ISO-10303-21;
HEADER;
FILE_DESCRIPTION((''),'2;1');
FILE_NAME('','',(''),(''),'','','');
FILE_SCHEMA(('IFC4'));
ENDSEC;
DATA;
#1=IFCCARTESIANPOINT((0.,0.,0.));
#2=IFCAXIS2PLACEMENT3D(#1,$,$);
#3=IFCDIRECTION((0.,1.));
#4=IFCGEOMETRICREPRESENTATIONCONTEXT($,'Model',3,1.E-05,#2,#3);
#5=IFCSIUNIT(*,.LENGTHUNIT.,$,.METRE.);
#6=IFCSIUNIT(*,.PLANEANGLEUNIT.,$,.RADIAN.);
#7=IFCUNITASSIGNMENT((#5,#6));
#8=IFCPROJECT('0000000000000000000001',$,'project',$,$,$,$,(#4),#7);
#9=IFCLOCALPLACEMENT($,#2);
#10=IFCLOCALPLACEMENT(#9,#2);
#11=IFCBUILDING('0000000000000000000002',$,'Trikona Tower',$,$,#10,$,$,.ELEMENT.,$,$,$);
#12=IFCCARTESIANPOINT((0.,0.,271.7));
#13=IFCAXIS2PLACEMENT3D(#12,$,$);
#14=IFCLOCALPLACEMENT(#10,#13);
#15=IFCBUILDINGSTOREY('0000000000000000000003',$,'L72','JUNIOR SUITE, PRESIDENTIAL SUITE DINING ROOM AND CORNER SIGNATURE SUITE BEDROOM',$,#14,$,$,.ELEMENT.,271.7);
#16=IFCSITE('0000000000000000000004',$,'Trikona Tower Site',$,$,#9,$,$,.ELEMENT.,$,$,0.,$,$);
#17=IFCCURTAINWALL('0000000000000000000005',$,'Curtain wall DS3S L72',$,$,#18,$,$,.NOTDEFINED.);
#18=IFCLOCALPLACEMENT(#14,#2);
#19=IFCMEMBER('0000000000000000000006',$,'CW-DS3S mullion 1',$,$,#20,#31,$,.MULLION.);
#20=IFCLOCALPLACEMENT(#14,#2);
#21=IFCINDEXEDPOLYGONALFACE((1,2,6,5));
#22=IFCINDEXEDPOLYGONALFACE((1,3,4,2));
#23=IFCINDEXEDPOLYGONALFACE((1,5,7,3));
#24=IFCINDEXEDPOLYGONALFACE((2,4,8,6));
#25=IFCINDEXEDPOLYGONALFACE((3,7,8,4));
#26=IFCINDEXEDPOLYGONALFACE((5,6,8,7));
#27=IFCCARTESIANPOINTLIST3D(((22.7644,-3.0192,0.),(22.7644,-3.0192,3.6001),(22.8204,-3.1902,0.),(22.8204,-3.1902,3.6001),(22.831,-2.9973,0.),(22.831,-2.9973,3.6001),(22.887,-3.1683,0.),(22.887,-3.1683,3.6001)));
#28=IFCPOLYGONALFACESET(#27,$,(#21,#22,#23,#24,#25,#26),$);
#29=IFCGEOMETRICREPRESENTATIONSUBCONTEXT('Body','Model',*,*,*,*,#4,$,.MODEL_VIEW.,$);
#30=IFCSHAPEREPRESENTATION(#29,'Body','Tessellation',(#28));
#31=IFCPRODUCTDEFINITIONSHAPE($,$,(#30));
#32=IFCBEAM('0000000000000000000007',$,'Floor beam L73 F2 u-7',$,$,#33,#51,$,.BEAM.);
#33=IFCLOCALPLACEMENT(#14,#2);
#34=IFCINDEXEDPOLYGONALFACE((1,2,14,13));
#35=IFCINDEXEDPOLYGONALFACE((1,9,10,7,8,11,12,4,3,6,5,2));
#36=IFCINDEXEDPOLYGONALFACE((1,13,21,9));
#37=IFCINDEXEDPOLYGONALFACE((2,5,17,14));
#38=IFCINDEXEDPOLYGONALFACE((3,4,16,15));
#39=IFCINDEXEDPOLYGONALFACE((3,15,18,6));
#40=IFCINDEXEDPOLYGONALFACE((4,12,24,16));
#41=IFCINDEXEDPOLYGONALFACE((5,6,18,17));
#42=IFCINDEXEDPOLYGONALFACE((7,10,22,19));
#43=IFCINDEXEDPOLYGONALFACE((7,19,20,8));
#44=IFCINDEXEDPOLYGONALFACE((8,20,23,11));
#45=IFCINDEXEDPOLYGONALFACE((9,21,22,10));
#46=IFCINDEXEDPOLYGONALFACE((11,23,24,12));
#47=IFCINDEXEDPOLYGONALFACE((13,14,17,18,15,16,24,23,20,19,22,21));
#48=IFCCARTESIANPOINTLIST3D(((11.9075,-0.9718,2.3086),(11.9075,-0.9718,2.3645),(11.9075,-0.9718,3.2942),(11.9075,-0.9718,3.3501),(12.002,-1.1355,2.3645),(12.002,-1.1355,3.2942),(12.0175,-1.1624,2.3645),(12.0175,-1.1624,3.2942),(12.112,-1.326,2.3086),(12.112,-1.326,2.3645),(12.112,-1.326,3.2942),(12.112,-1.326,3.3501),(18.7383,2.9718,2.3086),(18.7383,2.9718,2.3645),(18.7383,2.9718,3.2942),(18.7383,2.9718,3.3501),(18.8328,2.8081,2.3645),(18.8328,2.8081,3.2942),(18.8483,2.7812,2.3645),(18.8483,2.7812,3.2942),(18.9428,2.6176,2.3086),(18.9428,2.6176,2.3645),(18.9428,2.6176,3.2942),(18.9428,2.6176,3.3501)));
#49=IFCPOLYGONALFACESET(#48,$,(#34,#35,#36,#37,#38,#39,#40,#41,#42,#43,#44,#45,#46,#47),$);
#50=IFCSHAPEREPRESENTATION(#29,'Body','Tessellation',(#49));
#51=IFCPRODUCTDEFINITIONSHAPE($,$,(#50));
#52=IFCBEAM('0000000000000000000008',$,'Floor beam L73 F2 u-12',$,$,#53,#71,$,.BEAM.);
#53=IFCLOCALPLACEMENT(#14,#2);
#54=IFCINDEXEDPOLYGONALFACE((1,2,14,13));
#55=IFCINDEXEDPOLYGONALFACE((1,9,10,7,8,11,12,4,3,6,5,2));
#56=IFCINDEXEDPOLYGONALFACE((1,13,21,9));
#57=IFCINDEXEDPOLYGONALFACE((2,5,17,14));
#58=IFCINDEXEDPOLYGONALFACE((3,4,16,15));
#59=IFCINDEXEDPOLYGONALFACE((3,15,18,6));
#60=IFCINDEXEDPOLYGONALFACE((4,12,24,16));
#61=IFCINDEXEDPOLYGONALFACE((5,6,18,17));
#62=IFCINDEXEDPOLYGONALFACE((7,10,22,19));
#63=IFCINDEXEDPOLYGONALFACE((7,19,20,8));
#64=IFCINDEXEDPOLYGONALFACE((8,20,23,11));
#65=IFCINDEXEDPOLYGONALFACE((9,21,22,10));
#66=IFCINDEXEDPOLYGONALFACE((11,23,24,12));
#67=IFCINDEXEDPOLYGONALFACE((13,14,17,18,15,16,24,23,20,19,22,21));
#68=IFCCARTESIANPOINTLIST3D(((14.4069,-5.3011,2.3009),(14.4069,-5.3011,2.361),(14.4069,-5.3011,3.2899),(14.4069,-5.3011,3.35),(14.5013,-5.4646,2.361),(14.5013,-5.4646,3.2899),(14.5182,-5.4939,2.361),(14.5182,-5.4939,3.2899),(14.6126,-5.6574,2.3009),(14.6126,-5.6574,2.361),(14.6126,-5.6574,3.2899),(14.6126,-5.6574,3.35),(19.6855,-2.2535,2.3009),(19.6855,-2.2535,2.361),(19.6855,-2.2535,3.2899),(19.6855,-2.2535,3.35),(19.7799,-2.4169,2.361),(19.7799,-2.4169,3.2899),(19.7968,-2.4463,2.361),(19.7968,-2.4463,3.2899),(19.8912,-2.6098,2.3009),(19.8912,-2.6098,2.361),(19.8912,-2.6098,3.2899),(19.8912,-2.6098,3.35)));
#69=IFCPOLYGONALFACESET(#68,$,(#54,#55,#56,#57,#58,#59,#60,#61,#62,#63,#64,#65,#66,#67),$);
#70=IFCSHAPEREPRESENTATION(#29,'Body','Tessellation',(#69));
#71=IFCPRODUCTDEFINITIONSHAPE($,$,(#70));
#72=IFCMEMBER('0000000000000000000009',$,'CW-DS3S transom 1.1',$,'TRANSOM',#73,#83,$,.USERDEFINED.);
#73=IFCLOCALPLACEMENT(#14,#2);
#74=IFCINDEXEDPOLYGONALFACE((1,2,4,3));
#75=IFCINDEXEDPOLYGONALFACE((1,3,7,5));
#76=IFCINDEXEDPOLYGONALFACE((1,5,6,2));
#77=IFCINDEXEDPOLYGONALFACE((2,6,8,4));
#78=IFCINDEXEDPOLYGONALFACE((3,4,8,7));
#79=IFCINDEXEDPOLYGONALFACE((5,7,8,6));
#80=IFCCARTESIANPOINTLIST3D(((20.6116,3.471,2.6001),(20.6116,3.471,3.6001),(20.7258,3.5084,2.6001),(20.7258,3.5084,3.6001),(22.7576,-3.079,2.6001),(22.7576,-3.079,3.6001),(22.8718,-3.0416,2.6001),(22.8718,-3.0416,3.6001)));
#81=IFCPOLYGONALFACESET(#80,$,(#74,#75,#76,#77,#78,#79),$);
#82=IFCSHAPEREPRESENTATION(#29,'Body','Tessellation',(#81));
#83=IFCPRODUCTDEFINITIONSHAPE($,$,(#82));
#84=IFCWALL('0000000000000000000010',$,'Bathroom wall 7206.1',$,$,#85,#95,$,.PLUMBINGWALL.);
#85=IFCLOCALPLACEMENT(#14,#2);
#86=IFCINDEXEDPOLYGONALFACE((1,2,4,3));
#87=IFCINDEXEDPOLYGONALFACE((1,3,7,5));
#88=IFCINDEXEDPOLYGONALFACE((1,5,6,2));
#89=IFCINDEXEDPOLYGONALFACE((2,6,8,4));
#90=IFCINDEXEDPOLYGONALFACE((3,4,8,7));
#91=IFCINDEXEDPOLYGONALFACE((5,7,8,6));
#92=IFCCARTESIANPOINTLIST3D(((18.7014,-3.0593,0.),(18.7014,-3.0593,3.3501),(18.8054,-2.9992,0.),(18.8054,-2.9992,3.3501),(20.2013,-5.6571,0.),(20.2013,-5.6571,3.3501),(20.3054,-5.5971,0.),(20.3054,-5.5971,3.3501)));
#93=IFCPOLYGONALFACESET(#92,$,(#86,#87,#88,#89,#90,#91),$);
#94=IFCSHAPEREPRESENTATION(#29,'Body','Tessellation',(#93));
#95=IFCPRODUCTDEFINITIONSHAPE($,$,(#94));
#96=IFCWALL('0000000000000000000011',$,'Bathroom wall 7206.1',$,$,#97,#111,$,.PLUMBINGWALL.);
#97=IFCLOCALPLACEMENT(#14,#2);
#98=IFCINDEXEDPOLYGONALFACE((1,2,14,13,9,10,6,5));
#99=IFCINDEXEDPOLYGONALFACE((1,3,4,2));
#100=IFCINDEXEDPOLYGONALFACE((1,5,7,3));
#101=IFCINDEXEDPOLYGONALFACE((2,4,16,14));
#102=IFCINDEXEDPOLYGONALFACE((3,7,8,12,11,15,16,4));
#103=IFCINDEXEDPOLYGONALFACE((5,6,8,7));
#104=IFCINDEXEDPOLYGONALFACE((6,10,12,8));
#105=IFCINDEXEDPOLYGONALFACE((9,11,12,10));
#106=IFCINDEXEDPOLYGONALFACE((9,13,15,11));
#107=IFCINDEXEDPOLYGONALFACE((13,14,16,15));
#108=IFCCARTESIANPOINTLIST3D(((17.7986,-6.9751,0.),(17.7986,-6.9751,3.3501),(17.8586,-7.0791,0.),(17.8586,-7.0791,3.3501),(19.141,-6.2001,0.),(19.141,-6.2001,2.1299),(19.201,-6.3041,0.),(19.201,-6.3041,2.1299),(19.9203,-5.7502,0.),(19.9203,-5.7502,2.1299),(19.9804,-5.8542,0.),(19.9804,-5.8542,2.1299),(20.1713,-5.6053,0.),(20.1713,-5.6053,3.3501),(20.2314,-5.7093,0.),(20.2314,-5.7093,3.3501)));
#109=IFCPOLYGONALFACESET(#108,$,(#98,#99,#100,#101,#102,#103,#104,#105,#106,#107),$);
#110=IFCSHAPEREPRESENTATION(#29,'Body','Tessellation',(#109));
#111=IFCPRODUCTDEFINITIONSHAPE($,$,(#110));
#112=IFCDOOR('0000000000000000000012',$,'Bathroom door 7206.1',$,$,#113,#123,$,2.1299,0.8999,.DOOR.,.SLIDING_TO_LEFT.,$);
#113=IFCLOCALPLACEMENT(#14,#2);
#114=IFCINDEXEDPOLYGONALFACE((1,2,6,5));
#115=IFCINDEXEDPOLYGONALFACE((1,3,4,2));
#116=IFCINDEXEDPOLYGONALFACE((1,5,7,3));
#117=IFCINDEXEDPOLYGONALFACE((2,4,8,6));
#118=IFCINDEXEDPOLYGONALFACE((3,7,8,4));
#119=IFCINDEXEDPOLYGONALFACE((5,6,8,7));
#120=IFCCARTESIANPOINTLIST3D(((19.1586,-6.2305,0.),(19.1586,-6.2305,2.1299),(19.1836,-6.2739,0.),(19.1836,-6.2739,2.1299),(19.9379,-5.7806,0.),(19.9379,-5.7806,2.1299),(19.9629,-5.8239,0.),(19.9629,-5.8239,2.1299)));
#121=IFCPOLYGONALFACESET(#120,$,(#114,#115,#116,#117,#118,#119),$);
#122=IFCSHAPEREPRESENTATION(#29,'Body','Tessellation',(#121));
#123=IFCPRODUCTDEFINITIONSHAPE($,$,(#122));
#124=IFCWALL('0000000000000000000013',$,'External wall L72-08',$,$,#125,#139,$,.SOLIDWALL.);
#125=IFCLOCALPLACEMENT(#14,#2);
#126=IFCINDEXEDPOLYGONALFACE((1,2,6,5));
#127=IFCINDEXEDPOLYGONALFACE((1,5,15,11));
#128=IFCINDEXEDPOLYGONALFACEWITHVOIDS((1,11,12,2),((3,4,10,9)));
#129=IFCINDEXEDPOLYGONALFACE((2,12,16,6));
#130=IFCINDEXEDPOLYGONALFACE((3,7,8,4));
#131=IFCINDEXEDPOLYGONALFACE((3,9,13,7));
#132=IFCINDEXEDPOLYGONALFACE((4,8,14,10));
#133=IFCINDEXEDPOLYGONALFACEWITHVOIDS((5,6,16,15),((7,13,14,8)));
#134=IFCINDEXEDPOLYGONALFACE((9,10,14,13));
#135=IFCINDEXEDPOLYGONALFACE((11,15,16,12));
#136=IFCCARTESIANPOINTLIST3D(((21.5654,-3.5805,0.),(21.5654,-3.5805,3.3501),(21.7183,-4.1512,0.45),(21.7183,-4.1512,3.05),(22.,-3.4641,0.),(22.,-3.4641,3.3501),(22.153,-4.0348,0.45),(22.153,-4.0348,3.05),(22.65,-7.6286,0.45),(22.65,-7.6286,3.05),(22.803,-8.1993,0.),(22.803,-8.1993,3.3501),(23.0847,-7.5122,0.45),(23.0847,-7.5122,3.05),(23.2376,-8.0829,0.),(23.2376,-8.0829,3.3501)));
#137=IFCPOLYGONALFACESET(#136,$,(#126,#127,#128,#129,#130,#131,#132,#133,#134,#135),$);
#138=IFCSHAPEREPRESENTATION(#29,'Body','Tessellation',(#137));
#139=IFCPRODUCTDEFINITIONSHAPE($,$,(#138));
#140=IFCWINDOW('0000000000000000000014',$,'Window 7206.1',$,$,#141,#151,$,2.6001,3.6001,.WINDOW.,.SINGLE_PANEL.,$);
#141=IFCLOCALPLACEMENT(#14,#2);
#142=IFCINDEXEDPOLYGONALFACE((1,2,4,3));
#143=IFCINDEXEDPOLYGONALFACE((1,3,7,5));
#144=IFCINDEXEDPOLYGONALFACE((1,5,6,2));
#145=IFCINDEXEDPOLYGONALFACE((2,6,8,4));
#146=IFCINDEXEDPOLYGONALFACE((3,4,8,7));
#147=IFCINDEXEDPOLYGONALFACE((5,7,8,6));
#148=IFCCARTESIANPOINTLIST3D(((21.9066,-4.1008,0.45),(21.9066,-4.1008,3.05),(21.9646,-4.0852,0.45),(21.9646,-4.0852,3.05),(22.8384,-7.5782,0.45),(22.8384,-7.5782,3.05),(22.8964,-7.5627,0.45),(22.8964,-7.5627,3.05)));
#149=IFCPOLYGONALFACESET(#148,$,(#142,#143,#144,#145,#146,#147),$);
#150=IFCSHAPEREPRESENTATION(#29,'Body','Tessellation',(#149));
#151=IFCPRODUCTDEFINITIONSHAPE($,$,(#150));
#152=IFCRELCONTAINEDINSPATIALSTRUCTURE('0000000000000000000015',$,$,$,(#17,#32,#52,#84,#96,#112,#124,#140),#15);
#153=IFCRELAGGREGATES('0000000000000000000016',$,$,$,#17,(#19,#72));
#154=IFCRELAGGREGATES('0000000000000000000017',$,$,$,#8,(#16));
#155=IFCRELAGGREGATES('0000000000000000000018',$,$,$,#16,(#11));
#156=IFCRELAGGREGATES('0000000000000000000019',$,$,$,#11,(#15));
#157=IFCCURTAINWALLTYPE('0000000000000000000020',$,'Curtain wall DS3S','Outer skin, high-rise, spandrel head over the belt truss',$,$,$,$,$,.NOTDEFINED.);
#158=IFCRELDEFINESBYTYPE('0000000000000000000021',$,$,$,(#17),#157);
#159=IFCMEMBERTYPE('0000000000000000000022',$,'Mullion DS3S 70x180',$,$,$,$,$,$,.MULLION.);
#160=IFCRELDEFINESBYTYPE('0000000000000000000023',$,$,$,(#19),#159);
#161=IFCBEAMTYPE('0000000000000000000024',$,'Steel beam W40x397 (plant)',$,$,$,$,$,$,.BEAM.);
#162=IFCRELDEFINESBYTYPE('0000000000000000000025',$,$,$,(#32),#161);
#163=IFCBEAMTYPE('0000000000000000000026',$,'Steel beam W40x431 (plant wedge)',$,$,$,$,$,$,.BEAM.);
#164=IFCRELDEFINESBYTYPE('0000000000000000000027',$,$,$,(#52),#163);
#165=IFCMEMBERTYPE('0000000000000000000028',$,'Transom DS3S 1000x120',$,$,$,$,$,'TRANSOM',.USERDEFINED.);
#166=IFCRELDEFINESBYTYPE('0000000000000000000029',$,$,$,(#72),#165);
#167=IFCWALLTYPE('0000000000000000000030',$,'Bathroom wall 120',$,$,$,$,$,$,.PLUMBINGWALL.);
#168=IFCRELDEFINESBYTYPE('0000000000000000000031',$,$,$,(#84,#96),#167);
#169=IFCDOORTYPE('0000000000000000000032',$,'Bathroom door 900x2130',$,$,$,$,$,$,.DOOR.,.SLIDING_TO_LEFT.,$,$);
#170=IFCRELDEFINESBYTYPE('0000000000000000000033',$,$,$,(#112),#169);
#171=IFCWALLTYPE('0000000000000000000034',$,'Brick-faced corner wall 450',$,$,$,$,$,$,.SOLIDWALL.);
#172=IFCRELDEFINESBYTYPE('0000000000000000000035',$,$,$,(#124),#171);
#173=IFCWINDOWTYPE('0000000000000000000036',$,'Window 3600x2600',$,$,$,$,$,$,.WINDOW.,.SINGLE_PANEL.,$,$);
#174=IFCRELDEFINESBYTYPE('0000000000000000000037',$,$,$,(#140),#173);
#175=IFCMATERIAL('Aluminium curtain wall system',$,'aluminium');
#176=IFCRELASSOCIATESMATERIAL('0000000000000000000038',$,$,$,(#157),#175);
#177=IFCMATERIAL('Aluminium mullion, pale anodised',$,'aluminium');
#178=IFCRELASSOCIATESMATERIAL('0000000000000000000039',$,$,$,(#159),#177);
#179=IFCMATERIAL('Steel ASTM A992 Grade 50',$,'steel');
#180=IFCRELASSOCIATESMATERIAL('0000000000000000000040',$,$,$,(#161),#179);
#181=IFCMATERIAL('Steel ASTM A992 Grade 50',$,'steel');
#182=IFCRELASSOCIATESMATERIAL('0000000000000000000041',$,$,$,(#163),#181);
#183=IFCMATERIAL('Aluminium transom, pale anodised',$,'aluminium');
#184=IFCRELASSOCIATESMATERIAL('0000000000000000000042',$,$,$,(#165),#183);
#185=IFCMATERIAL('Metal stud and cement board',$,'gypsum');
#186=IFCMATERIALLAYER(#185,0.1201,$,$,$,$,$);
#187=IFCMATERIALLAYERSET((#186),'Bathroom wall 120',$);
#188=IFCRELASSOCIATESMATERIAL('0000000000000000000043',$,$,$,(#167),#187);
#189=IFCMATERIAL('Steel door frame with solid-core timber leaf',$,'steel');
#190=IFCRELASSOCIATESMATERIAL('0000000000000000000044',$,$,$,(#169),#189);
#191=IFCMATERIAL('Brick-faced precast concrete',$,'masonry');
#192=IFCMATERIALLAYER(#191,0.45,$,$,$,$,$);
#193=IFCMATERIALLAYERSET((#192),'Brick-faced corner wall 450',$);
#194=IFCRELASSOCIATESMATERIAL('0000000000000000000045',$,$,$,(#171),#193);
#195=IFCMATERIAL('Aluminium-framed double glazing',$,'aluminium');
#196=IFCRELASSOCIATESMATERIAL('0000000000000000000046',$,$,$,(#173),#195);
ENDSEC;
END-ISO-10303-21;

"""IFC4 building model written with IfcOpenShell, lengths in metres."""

from ifc_helpers import new_model, si_unit, direction, frame, frame_2d, origin, origin_2d, place, context, subcontext, project, spatial, rectangle, i_section, extrude, material, layer, layer_set, material_profile, profile_set, type_object, element, fill, aggregate, save


model = new_model("IFC4")

# Units and contexts
model_context = context("Model", 3, precision=1e-05, world=origin(), true_north=direction((0.0, 1.0)))
body_context = subcontext(model_context, "Body", "Model", "MODEL_VIEW")
ifc_project = project(units=[si_unit("LENGTHUNIT", "METRE"), si_unit("PLANEANGLEUNIT", "RADIAN")], contexts=[model_context])

# Site, building, storey
site_placement = place(None, origin())
site = spatial("IfcSite", under=ifc_project, at=site_placement, Name="Trikona Tower Site", CompositionType="ELEMENT", RefElevation=0.0)
building_placement = place(site_placement, origin())
building = spatial("IfcBuilding", under=site, at=building_placement, Name="Trikona Tower", CompositionType="ELEMENT")
storey_placement = place(building_placement, frame((0.0, 0.0, 271.7)))
storey = spatial("IfcBuildingStorey", under=building, at=storey_placement, Name="L72", Description="JUNIOR SUITE, PRESIDENTIAL SUITE DINING ROOM AND CORNER SIGNATURE SUITE BEDROOM", CompositionType="ELEMENT", Elevation=271.7)

# Curtain wall, member
ifc_material_1 = material(Name="Aluminium curtain wall system", Category="aluminium")
curtain_wall_type = type_object("IfcCurtainWallType", Name="Curtain wall DS3S", Description="Outer skin, high-rise, spandrel head over the belt truss", PredefinedType="NOTDEFINED", material=ifc_material_1)
curtain_wall_placement = place(storey_placement, origin())
curtain_wall = element("IfcCurtainWall", 1, at=curtain_wall_placement, inside=storey, type_object=curtain_wall_type, Name="Curtain wall DS3S L72", PredefinedType="NOTDEFINED")
ifc_material_2 = material(Name="Aluminium mullion, pale anodised", Category="aluminium")
ifc_material_profile_1 = material_profile(ifc_material_2, rectangle(XDim=0.0701, YDim=0.1799, at=origin_2d()), Name="MUL-DS3S")
ifc_profile_set_1 = profile_set([ifc_material_profile_1], Name="Aluminium mullion, pale anodised")
member_type_1 = type_object("IfcMemberType", Name="Mullion DS3S 70x180", PredefinedType="MULLION", material=ifc_profile_set_1)
member_1_placement = place(storey_placement, frame((22.8257, -3.0938, 0.0), z_axis=(0.0, 0.0, 1.0), x_axis=(-0.950297, -0.311344, 0.0)))
member_1 = element("IfcMember", 2, at=member_1_placement, type_object=member_type_1, Name="CW-DS3S mullion 1", PredefinedType="MULLION", context=body_context, shape_type="SweptSolid", body=[
    extrude(rectangle(XDim=0.0701, YDim=0.1799, at=origin_2d()), origin(), (0.0, 0.0, 1.0), 3.6001),
])

# Beams
ifc_material_3 = material(Name="Steel ASTM A992 Grade 50", Category="steel")
ifc_material_profile_2 = material_profile(ifc_material_3, i_section(OverallWidth=0.4089, OverallDepth=1.0415, WebThickness=0.031, FlangeThickness=0.0559, at=origin_2d()), Name="W40X397")
ifc_profile_set_2 = profile_set([ifc_material_profile_2], Name="Steel ASTM A992 Grade 50")
beam_type_1 = type_object("IfcBeamType", Name="Steel beam W40x397 (plant)", PredefinedType="BEAM", material=ifc_profile_set_2)
beam_1_placement = place(storey_placement, frame((12.0098, -1.1489, 2.8293), z_axis=(0.866035, 0.499984, 0.0), x_axis=(-0.499984, 0.866035, 0.0)))
element("IfcBeam", 3, at=beam_1_placement, inside=storey, type_object=beam_type_1, Name="Floor beam L73 F2 u-7", PredefinedType="BEAM", context=body_context, shape_type="SweptSolid", body=[
    extrude(i_section(OverallWidth=0.4089, OverallDepth=1.0415, WebThickness=0.031, FlangeThickness=0.0559, at=origin_2d()), origin(), (0.0, 0.0, 1.0), 7.8875),
])
ifc_material_4 = material(Name="Steel ASTM A992 Grade 50", Category="steel")
ifc_material_profile_3 = material_profile(ifc_material_4, i_section(OverallWidth=0.4114, OverallDepth=1.0491, WebThickness=0.0339, FlangeThickness=0.0601, at=origin_2d()), Name="W40X431")
ifc_profile_set_3 = profile_set([ifc_material_profile_3], Name="Steel ASTM A992 Grade 50")
beam_type_2 = type_object("IfcBeamType", Name="Steel beam W40x431 (plant wedge)", PredefinedType="BEAM", material=ifc_profile_set_3)
beam_2_placement = place(storey_placement, frame((14.5098, -5.4792, 2.8254), z_axis=(0.866023, 0.500003, 0.0), x_axis=(-0.500003, 0.866023, 0.0)))
element("IfcBeam", 4, at=beam_2_placement, inside=storey, type_object=beam_type_2, Name="Floor beam L73 F2 u-12", PredefinedType="BEAM", context=body_context, shape_type="SweptSolid", body=[
    extrude(i_section(OverallWidth=0.4114, OverallDepth=1.0491, WebThickness=0.0339, FlangeThickness=0.0601, at=origin_2d()), origin(), (0.0, 0.0, 1.0), 6.0952),
])

# Member
ifc_material_5 = material(Name="Aluminium transom, pale anodised", Category="aluminium")
ifc_material_profile_4 = material_profile(ifc_material_5, rectangle(XDim=0.1201, YDim=1.0, at=origin_2d()), Name="TRN-DS3S")
ifc_profile_set_4 = profile_set([ifc_material_profile_4], Name="Aluminium transom, pale anodised")
member_type_2 = type_object("IfcMemberType", Name="Transom DS3S 1000x120", ElementType="TRANSOM", PredefinedType="USERDEFINED", material=ifc_profile_set_4)
member_2_placement = place(storey_placement, frame((22.8147, -3.0603, 3.1001), z_axis=(-0.311346, 0.950297, 0.0), x_axis=(-0.950297, -0.311346, 0.0)))
member_2 = element("IfcMember", 5, at=member_2_placement, type_object=member_type_2, Name="CW-DS3S transom 1.1", ObjectType="TRANSOM", PredefinedType="USERDEFINED", context=body_context, shape_type="SweptSolid", body=[
    extrude(rectangle(XDim=0.1201, YDim=1.0, at=origin_2d()), origin(), (0.0, 0.0, 1.0), 6.8926),
])
aggregate(curtain_wall, [member_1, member_2])

# Wall
ifc_material_6 = material(Name="Metal stud and cement board", Category="gypsum")
ifc_layer_1 = layer(ifc_material_6, 0.1201)
ifc_layer_set_1 = layer_set([ifc_layer_1], Name="Bathroom wall 120")
wall_type_1 = type_object("IfcWallType", Name="Bathroom wall 120", PredefinedType="PLUMBINGWALL", material=ifc_layer_set_1)
wall_1_placement = place(storey_placement, frame((20.2534, -5.6272, 0.0), z_axis=(0.0, 0.0, 1.0), x_axis=(-0.500025, 0.866011, 0.0)))
element("IfcWall", 6, at=wall_1_placement, inside=storey, type_object=wall_type_1, Name="Bathroom wall 7206.1", PredefinedType="PLUMBINGWALL", context=body_context, shape_type="SweptSolid", body=[
    extrude(rectangle(XDim=2.9998, YDim=0.1201, at=frame_2d((1.5, 0.0))), origin(), (0.0, 0.0, 1.0), 3.3501),
])

# Wall, opening, door
wall_2_placement = place(storey_placement, frame((17.8286, -7.0271, 0.0), z_axis=(0.0, 0.0, 1.0), x_axis=(0.866036, 0.499982, 0.0)))
wall_2 = element("IfcWall", 7, at=wall_2_placement, inside=storey, type_object=wall_type_1, Name="Bathroom wall 7206.1", PredefinedType="PLUMBINGWALL", context=body_context, shape_type="SweptSolid", body=[
    extrude(rectangle(XDim=2.7397, YDim=0.1201, at=frame_2d((1.3699, 0.0))), origin(), (0.0, 0.0, 1.0), 3.3501),
])
opening_1_placement = place(wall_2_placement, frame((1.55, 0.0, 0.0)))
opening_1 = element("IfcOpeningElement", 8, at=opening_1_placement, cuts=wall_2, PredefinedType="OPENING", context=body_context, shape_type="SweptSolid", body=[
    extrude(rectangle(XDim=0.8999, YDim=2.1299, at=frame_2d((0.45, 1.0649))), frame((0.0, 0.0701, 0.0), z_axis=(0.0, -1.0, 0.0), x_axis=(1.0, 0.0, 0.0)), (0.0, 0.0, 1.0), 0.1401),
])
ifc_material_7 = material(Name="Steel door frame with solid-core timber leaf", Category="steel")
door_type_1 = type_object("IfcDoorType", Name="Bathroom door 900x2130", OperationType="SLIDING_TO_LEFT", PredefinedType="DOOR", material=ifc_material_7)
door_1_placement = place(opening_1_placement, origin())
door_1 = element("IfcDoor", 9, at=door_1_placement, inside=storey, type_object=door_type_1, Name="Bathroom door 7206.1", OperationType="SLIDING_TO_LEFT", OverallHeight=2.1299, OverallWidth=0.8999, PredefinedType="DOOR", context=body_context, shape_type="SweptSolid", body=[
    extrude(rectangle(XDim=0.8999, YDim=2.1299, at=frame_2d((0.45, 1.0649))), frame((0.0, 0.0249, 0.0), z_axis=(0.0, -1.0, 0.0), x_axis=(1.0, 0.0, 0.0)), (0.0, 0.0, 1.0), 0.05),
])
fill(opening_1, door_1)

# Wall, opening, window
ifc_material_8 = material(Name="Brick-faced precast concrete", Category="masonry")
ifc_layer_2 = layer(ifc_material_8, 0.45)
ifc_layer_set_2 = layer_set([ifc_layer_2], Name="Brick-faced corner wall 450")
wall_type_2 = type_object("IfcWallType", Name="Brick-faced corner wall 450", PredefinedType="SOLIDWALL", material=ifc_layer_set_2)
wall_3_placement = place(storey_placement, frame((23.0203, -8.1411, 0.0), z_axis=(0.0, 0.0, 1.0), x_axis=(-0.258803, 0.96593, 0.0)))
wall_3 = element("IfcWall", 10, at=wall_3_placement, inside=storey, type_object=wall_type_2, Name="External wall L72-08", PredefinedType="SOLIDWALL", context=body_context, shape_type="SweptSolid", body=[
    extrude(rectangle(XDim=4.7817, YDim=0.45, at=frame_2d((2.3909, 0.0))), origin(), (0.0, 0.0, 1.0), 3.3501),
])
opening_2_placement = place(wall_3_placement, frame((0.5908, 0.0, 0.45)))
opening_2 = element("IfcOpeningElement", 11, at=opening_2_placement, cuts=wall_3, PredefinedType="OPENING", context=body_context, shape_type="SweptSolid", body=[
    extrude(rectangle(XDim=3.6001, YDim=2.6001, at=frame_2d((1.8, 1.3))), frame((0.0, 0.2349, 0.0), z_axis=(0.0, -1.0, 0.0), x_axis=(1.0, 0.0, 0.0)), (0.0, 0.0, 1.0), 0.47),
])
ifc_material_9 = material(Name="Aluminium-framed double glazing", Category="aluminium")
window_type_1 = type_object("IfcWindowType", Name="Window 3600x2600", PartitioningType="SINGLE_PANEL", PredefinedType="WINDOW", material=ifc_material_9)
window_1_placement = place(opening_2_placement, origin())
window_1 = element("IfcWindow", 12, at=window_1_placement, inside=storey, type_object=window_type_1, Name="Window 7206.1", OverallHeight=2.6001, OverallWidth=3.6001, PartitioningType="SINGLE_PANEL", PredefinedType="WINDOW", context=body_context, shape_type="SweptSolid", body=[
    extrude(rectangle(XDim=3.6001, YDim=2.6001, at=frame_2d((1.8, 1.3))), frame((0.0, 0.03, 0.0), z_axis=(0.0, -1.0, 0.0), x_axis=(1.0, 0.0, 0.0)), (0.0, 0.0, 1.0), 0.0601),
])
fill(opening_2, window_1)

save(model, "model.ifc")
